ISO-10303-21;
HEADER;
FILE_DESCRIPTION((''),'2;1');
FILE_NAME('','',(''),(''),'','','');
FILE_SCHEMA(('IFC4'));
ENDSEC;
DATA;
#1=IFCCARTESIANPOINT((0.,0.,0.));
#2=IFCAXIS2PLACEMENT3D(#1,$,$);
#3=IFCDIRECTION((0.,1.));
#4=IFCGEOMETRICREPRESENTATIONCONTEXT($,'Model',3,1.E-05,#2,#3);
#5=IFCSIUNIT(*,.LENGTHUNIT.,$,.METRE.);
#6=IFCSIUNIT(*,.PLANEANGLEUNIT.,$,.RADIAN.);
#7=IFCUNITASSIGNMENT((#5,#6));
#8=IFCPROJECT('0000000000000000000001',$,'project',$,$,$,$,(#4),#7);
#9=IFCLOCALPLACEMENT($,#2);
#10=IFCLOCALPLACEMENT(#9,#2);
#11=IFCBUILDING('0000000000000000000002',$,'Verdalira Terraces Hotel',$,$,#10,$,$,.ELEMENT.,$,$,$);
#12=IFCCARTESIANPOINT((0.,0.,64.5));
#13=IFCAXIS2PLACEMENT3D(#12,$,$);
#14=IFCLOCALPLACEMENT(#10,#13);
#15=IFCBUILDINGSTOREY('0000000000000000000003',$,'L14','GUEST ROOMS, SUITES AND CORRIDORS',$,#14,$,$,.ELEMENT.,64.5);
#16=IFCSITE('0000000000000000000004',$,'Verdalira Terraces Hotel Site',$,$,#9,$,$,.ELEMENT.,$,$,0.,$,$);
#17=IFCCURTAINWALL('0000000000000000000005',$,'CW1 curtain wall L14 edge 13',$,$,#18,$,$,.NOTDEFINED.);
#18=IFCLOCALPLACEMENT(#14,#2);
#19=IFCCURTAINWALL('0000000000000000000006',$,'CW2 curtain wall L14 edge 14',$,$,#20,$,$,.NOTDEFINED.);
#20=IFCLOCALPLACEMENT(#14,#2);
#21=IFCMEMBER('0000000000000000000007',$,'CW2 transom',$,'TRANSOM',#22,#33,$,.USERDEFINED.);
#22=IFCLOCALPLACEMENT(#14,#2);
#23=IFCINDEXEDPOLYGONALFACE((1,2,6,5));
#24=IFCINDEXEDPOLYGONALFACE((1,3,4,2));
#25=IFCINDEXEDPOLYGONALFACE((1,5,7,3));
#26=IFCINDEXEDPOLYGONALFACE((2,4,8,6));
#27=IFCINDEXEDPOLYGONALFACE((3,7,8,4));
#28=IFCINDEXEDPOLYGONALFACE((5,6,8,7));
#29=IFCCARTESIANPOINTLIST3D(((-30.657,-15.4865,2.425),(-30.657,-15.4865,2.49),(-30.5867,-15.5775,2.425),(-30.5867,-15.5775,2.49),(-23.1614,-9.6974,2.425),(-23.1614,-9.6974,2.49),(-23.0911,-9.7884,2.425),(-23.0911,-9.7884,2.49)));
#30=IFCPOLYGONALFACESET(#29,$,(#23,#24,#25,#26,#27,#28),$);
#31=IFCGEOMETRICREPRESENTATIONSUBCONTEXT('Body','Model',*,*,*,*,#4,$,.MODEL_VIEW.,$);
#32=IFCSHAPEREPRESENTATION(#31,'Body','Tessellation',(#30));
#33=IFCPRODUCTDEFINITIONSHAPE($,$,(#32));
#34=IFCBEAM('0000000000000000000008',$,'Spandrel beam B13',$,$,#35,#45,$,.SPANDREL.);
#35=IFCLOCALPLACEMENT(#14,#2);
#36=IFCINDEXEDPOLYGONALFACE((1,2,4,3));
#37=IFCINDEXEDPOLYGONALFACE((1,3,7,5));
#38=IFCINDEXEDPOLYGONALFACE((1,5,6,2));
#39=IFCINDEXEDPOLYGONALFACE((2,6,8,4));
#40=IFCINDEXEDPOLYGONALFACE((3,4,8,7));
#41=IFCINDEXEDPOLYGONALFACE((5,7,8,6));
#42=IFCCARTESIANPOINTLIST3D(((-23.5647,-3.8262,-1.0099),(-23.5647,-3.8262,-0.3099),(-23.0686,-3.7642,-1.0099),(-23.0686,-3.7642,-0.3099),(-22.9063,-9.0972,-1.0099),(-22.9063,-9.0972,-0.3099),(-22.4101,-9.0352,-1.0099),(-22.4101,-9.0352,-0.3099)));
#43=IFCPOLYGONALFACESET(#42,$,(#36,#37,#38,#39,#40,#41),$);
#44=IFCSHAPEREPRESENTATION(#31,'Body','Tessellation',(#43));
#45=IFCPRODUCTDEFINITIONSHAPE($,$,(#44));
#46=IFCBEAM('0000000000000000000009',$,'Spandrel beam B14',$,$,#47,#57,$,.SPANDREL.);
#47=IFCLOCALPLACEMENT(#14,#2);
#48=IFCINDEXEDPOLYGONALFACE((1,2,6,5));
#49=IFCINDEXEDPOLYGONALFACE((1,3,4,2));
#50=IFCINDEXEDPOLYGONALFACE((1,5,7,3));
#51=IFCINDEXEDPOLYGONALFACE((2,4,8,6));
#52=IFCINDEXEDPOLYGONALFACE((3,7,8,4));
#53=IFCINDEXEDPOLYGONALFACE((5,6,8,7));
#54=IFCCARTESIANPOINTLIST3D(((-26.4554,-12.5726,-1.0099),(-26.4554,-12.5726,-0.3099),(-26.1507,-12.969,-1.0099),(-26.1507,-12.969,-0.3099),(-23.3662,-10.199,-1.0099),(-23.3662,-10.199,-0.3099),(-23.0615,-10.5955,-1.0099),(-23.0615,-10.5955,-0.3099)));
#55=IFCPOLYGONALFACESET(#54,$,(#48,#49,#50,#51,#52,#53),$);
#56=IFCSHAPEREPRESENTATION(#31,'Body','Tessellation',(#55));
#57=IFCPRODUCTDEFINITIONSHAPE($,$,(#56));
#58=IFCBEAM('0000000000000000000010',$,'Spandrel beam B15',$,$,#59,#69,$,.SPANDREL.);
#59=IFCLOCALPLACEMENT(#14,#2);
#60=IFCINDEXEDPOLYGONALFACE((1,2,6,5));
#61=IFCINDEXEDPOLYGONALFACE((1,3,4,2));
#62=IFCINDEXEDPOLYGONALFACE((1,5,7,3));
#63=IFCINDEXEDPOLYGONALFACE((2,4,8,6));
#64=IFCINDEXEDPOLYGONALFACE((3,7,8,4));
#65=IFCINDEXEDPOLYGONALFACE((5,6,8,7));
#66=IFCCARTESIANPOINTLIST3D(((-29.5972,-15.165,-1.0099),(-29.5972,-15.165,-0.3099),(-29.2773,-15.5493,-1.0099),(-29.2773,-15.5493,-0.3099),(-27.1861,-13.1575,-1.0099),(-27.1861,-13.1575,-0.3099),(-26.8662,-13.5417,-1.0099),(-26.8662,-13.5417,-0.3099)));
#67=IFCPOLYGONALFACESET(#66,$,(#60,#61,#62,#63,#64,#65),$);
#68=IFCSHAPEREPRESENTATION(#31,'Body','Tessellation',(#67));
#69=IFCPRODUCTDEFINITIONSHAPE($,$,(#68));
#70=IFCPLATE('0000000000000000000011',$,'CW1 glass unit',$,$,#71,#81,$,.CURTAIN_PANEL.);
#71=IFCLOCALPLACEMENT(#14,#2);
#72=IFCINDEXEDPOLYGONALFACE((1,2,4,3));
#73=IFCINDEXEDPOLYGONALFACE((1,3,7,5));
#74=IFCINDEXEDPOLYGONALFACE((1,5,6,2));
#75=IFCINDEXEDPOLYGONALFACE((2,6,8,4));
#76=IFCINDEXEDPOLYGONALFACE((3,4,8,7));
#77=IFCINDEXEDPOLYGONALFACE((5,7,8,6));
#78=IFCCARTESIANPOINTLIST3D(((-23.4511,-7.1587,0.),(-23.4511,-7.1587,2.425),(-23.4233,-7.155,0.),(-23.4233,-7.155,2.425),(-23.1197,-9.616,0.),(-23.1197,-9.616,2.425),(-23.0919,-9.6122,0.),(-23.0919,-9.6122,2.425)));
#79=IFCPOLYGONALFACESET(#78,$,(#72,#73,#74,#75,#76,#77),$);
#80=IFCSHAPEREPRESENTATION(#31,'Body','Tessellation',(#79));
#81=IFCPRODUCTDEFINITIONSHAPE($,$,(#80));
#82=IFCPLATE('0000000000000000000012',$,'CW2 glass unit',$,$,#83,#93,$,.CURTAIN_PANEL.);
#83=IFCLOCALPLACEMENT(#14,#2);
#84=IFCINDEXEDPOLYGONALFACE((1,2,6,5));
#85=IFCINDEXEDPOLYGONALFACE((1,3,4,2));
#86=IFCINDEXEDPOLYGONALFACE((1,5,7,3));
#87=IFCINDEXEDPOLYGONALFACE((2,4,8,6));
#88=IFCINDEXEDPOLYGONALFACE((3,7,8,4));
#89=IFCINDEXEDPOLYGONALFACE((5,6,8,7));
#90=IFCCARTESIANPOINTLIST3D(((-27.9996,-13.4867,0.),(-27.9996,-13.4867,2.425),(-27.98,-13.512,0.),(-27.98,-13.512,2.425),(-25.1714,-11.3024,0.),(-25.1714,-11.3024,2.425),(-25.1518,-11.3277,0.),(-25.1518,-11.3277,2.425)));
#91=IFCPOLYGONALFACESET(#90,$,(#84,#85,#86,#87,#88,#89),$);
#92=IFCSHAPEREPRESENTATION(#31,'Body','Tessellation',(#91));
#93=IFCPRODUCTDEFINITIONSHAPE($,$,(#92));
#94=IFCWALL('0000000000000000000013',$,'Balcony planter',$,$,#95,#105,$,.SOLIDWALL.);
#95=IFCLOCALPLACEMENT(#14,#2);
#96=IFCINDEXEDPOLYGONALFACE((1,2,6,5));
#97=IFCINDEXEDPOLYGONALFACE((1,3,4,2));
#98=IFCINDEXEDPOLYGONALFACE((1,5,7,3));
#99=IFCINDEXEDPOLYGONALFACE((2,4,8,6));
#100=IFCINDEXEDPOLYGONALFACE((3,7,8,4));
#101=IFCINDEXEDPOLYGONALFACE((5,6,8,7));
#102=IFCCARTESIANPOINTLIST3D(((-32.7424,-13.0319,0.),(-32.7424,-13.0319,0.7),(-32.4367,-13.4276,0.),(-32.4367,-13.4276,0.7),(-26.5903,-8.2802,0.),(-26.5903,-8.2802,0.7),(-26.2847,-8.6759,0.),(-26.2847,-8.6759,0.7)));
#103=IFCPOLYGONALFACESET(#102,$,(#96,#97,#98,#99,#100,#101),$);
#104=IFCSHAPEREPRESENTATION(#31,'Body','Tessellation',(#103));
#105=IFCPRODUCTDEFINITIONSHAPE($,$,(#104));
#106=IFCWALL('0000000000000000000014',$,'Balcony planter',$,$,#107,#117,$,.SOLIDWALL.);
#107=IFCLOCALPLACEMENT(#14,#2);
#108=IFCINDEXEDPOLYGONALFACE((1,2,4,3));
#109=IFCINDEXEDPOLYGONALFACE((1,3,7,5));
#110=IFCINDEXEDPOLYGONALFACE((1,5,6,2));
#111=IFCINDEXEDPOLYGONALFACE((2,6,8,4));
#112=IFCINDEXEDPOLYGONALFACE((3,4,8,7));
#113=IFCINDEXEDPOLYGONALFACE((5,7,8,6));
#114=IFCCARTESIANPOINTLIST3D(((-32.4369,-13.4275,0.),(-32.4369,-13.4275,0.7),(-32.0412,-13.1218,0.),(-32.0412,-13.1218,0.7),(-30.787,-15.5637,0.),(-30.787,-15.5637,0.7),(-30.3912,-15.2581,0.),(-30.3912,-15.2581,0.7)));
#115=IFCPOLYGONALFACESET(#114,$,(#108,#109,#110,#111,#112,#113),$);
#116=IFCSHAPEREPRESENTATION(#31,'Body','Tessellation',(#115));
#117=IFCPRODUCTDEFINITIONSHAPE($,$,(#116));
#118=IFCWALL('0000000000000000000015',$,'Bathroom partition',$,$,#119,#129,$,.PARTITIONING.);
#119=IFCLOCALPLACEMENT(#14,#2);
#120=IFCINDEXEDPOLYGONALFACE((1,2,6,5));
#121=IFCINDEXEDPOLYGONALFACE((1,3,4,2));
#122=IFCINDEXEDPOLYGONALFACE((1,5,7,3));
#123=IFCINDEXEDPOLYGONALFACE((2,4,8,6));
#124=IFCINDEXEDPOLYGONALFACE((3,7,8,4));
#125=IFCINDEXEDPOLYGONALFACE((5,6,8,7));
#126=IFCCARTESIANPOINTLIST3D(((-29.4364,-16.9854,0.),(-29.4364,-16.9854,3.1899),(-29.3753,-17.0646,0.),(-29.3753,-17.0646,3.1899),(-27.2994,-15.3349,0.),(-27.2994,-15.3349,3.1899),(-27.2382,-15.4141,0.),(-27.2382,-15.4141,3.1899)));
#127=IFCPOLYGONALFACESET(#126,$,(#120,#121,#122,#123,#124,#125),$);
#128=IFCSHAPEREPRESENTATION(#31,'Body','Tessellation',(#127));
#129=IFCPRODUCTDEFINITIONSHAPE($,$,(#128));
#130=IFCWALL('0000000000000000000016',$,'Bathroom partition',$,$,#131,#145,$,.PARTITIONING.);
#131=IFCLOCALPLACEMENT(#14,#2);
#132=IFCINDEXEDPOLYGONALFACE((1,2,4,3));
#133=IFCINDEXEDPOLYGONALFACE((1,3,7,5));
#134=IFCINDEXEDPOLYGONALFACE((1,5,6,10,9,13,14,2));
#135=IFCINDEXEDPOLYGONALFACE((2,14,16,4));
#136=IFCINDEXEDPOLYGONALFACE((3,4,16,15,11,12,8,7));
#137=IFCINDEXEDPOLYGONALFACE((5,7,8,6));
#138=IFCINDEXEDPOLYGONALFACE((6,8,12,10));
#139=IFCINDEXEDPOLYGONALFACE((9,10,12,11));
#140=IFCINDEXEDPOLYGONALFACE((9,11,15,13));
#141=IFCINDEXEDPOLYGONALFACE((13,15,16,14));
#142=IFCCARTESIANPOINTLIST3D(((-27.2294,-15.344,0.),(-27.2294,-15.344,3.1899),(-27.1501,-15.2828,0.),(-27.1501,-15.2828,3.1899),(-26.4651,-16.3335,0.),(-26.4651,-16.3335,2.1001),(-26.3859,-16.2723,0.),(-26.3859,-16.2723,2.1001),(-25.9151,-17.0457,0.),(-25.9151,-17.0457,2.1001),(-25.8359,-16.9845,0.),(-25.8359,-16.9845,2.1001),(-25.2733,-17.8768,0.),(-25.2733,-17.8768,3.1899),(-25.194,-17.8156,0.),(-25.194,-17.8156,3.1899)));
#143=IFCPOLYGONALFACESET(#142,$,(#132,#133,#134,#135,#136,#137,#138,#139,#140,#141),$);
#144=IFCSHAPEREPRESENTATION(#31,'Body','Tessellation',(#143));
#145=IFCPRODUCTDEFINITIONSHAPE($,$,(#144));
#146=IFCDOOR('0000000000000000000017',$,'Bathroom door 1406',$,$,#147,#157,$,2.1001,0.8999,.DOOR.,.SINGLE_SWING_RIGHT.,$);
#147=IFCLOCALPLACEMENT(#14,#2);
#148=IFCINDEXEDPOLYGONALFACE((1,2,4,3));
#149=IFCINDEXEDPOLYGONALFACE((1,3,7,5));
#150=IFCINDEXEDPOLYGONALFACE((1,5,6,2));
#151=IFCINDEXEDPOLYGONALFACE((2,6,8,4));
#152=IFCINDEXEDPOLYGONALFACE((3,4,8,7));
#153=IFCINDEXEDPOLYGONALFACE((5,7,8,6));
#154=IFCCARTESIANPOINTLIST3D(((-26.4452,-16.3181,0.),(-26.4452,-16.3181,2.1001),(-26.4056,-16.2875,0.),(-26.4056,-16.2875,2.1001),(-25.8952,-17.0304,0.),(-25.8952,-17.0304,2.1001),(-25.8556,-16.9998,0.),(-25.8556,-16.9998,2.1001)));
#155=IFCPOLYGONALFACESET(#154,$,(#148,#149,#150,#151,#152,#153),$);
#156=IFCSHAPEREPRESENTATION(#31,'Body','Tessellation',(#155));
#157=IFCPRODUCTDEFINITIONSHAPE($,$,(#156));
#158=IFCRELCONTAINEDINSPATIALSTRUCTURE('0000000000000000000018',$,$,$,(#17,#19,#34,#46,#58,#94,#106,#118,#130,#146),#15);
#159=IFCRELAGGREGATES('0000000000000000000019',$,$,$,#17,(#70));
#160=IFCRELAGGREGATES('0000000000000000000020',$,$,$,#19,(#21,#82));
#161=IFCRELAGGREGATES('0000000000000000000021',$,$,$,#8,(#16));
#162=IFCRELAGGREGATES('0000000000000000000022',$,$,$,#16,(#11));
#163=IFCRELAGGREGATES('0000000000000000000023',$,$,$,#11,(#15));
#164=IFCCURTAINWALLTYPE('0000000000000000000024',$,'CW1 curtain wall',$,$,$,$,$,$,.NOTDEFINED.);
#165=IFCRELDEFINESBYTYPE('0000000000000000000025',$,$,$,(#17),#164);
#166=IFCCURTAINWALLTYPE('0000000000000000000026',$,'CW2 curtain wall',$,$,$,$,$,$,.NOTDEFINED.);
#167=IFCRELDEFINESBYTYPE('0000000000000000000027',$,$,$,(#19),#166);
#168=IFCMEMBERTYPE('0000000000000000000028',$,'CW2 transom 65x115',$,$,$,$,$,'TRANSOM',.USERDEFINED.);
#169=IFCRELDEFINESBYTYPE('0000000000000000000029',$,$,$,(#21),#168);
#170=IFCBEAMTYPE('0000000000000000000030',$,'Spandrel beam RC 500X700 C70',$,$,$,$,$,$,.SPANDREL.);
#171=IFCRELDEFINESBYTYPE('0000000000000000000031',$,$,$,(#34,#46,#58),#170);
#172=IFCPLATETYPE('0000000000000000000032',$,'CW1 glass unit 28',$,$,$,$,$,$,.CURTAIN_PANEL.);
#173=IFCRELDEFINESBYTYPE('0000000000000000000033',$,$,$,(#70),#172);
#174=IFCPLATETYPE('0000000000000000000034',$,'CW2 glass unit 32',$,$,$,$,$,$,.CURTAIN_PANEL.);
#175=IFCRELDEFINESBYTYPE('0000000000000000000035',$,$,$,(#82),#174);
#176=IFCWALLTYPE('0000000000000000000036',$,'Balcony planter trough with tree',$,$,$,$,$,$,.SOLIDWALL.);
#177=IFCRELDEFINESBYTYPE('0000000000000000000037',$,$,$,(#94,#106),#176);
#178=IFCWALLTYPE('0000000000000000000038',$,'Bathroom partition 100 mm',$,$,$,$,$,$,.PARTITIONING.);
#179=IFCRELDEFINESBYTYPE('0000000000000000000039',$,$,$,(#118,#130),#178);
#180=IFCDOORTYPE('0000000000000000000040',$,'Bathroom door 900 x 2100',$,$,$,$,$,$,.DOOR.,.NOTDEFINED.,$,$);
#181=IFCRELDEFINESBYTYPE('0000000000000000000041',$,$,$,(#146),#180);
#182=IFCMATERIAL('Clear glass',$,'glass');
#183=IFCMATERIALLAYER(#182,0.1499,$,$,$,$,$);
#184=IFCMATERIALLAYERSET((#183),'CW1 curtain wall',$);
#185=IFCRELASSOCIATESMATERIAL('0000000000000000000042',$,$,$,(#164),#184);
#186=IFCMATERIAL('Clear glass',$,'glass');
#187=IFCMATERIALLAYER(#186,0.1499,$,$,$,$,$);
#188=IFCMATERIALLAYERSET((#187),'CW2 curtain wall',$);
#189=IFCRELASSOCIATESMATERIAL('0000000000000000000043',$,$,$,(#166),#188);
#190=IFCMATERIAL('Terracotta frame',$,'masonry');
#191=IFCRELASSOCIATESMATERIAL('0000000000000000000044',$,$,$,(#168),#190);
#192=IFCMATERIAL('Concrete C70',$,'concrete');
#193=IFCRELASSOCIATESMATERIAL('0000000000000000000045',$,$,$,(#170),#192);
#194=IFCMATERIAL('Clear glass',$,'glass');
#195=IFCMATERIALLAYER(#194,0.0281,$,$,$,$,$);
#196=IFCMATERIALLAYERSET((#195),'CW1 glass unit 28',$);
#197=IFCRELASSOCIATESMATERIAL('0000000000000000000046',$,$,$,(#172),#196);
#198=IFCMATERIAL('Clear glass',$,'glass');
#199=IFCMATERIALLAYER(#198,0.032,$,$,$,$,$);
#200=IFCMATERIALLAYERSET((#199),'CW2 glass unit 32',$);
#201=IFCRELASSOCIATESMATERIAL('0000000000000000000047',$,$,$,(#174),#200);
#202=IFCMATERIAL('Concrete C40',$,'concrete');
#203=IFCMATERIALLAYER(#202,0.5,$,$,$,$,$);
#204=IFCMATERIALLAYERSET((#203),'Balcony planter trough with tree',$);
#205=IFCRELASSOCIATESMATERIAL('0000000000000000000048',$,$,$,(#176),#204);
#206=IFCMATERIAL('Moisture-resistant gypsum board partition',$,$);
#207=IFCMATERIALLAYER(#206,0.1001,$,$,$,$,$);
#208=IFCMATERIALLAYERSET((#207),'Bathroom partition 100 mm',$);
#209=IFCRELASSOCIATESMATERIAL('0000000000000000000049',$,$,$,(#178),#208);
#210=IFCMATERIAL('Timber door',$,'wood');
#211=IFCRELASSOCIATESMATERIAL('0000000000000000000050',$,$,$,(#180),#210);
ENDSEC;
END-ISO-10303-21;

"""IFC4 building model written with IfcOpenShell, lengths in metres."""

from ifc_helpers import new_model, si_unit, direction, frame, frame_2d, origin, origin_2d, place, context, subcontext, project, spatial, rectangle, extrude, material, layer, layer_set, material_profile, profile_set, type_object, element, fill, aggregate, save


model = new_model("IFC4")

# Units and contexts
model_context = context("Model", 3, precision=1e-05, world=origin(), true_north=direction((0.0, 1.0)))
body_context = subcontext(model_context, "Body", "Model", "MODEL_VIEW")
ifc_project = project(units=[si_unit("LENGTHUNIT", "METRE"), si_unit("PLANEANGLEUNIT", "RADIAN")], contexts=[model_context])

# Site, building, storey
site_placement = place(None, origin())
site = spatial("IfcSite", under=ifc_project, at=site_placement, Name="Verdalira Terraces Hotel Site", CompositionType="ELEMENT", RefElevation=0.0)
building_placement = place(site_placement, origin())
building = spatial("IfcBuilding", under=site, at=building_placement, Name="Verdalira Terraces Hotel", CompositionType="ELEMENT")
storey_placement = place(building_placement, frame((0.0, 0.0, 64.5)))
storey = spatial("IfcBuildingStorey", under=building, at=storey_placement, Name="L14", Description="GUEST ROOMS, SUITES AND CORRIDORS", CompositionType="ELEMENT", Elevation=64.5)

# Curtain wall
ifc_material_1 = material(Name="Clear glass", Category="glass")
ifc_layer_1 = layer(ifc_material_1, 0.1499)
ifc_layer_set_1 = layer_set([ifc_layer_1], Name="CW1 curtain wall")
curtain_wall_type_1 = type_object("IfcCurtainWallType", Name="CW1 curtain wall", PredefinedType="NOTDEFINED", material=ifc_layer_set_1)
curtain_wall_1_placement = place(storey_placement, origin())
curtain_wall_1 = element("IfcCurtainWall", 1, at=curtain_wall_1_placement, inside=storey, type_object=curtain_wall_type_1, Name="CW1 curtain wall L14 edge 13", PredefinedType="NOTDEFINED")

# Curtain wall, member
ifc_material_2 = material(Name="Clear glass", Category="glass")
ifc_layer_2 = layer(ifc_material_2, 0.1499)
ifc_layer_set_2 = layer_set([ifc_layer_2], Name="CW2 curtain wall")
curtain_wall_type_2 = type_object("IfcCurtainWallType", Name="CW2 curtain wall", PredefinedType="NOTDEFINED", material=ifc_layer_set_2)
curtain_wall_2_placement = place(storey_placement, origin())
curtain_wall_2 = element("IfcCurtainWall", 2, at=curtain_wall_2_placement, inside=storey, type_object=curtain_wall_type_2, Name="CW2 curtain wall L14 edge 14", PredefinedType="NOTDEFINED")
ifc_material_3 = material(Name="Terracotta frame", Category="masonry")
ifc_material_profile_1 = material_profile(ifc_material_3, rectangle(XDim=0.115, YDim=0.0649, at=origin_2d()), Name="TR 65x115")
ifc_profile_set_1 = profile_set([ifc_material_profile_1], Name="Terracotta frame")
member_type_1 = type_object("IfcMemberType", Name="CW2 transom 65x115", ElementType="TRANSOM", PredefinedType="USERDEFINED", material=ifc_profile_set_1)
member_1_placement = place(storey_placement, frame((-23.1262, -9.7429, 2.4575), z_axis=(-0.791438, -0.611249, 0.0), x_axis=(0.611249, -0.791438, 0.0)))
member_1 = element("IfcMember", 3, at=member_1_placement, type_object=member_type_1, Name="CW2 transom", ObjectType="TRANSOM", PredefinedType="USERDEFINED", context=body_context, shape_type="SweptSolid", body=[
    extrude(rectangle(XDim=0.115, YDim=0.0649, at=origin_2d()), origin(), (0.0, 0.0, 1.0), 9.4709),
])

# Beams
ifc_material_4 = material(Name="Concrete C70", Category="concrete")
ifc_material_profile_2 = material_profile(ifc_material_4, rectangle(XDim=0.5, YDim=0.7, at=origin_2d()), Name="RC 500X700")
ifc_profile_set_2 = profile_set([ifc_material_profile_2], Name="Concrete C70")
beam_type_1 = type_object("IfcBeamType", Name="Spandrel beam RC 500X700 C70", PredefinedType="SPANDREL", material=ifc_profile_set_2)
beam_1_placement = place(storey_placement, frame((-23.3166, -3.7952, -0.6599), z_axis=(0.123956, -0.992288, 0.0), x_axis=(0.992288, 0.123956, 0.0)))
element("IfcBeam", 4, at=beam_1_placement, inside=storey, type_object=beam_type_1, Name="Spandrel beam B13", PredefinedType="SPANDREL", context=body_context, shape_type="SweptSolid", body=[
    extrude(rectangle(XDim=0.5, YDim=0.7, at=origin_2d()), origin(), (0.0, 0.0, 1.0), 5.312),
])
beam_2_placement = place(storey_placement, frame((-23.2139, -10.3972, -0.6599), z_axis=(-0.792959, -0.609275, 0.0), x_axis=(0.609275, -0.792959, 0.0)))
element("IfcBeam", 5, at=beam_2_placement, inside=storey, type_object=beam_type_1, Name="Spandrel beam B14", PredefinedType="SPANDREL", context=body_context, shape_type="SweptSolid", body=[
    extrude(rectangle(XDim=0.5, YDim=0.7, at=origin_2d()), origin(), (0.0, 0.0, 1.0), 3.8958),
])
beam_3_placement = place(storey_placement, frame((-27.0261, -13.3496, -0.6599), z_axis=(-0.768489, -0.639863, 0.0), x_axis=(0.639863, -0.768489, 0.0)))
element("IfcBeam", 6, at=beam_3_placement, inside=storey, type_object=beam_type_1, Name="Spandrel beam B15", PredefinedType="SPANDREL", context=body_context, shape_type="SweptSolid", body=[
    extrude(rectangle(XDim=0.5, YDim=0.7, at=origin_2d()), origin(), (0.0, 0.0, 1.0), 3.1375),
])

# Plates
ifc_material_5 = material(Name="Clear glass", Category="glass")
ifc_layer_3 = layer(ifc_material_5, 0.0281)
ifc_layer_set_3 = layer_set([ifc_layer_3], Name="CW1 glass unit 28")
plate_type_1 = type_object("IfcPlateType", Name="CW1 glass unit 28", PredefinedType="CURTAIN_PANEL", material=ifc_layer_set_3)
plate_1_placement = place(storey_placement, frame((-23.2715, -8.3855, 0.0), z_axis=(0.0, 0.0, 1.0), x_axis=(0.13364, -0.99103, 0.0)))
plate_1 = element("IfcPlate", 7, at=plate_1_placement, type_object=plate_type_1, Name="CW1 glass unit", PredefinedType="CURTAIN_PANEL", context=body_context, shape_type="SweptSolid", body=[
    extrude(rectangle(XDim=2.4795, YDim=0.0281, at=origin_2d()), origin(), (0.0, 0.0, 1.0), 2.425),
])
aggregate(curtain_wall_1, [plate_1])
ifc_material_6 = material(Name="Clear glass", Category="glass")
ifc_layer_4 = layer(ifc_material_6, 0.032)
ifc_layer_set_4 = layer_set([ifc_layer_4], Name="CW2 glass unit 32")
plate_type_2 = type_object("IfcPlateType", Name="CW2 glass unit 32", PredefinedType="CURTAIN_PANEL", material=ifc_layer_set_4)
plate_2_placement = place(storey_placement, frame((-26.5757, -12.4072, 0.0), z_axis=(0.0, 0.0, 1.0), x_axis=(-0.791437, -0.611251, 0.0)))
plate_2 = element("IfcPlate", 8, at=plate_2_placement, type_object=plate_type_2, Name="CW2 glass unit", PredefinedType="CURTAIN_PANEL", context=body_context, shape_type="SweptSolid", body=[
    extrude(rectangle(XDim=3.5735, YDim=0.032, at=origin_2d()), origin(), (0.0, 0.0, 1.0), 2.425),
])
aggregate(curtain_wall_2, [member_1, plate_2])

# Walls
ifc_material_7 = material(Name="Concrete C40", Category="concrete")
ifc_layer_5 = layer(ifc_material_7, 0.5)
ifc_layer_set_5 = layer_set([ifc_layer_5], Name="Balcony planter trough with tree")
wall_type_1 = type_object("IfcWallType", Name="Balcony planter trough with tree", PredefinedType="SOLIDWALL", material=ifc_layer_set_5)
wall_1_placement = place(storey_placement, frame((-26.4375, -8.478, 0.0), z_axis=(0.0, 0.0, 1.0), x_axis=(-0.791421, -0.611271, 0.0)))
element("IfcWall", 9, at=wall_1_placement, inside=storey, type_object=wall_type_1, Name="Balcony planter", PredefinedType="SOLIDWALL", context=body_context, shape_type="SweptSolid", body=[
    extrude(rectangle(XDim=7.7734, YDim=0.5, at=frame_2d((3.8867, 0.0))), origin(), (0.0, 0.0, 1.0), 0.7),
])
wall_2_placement = place(storey_placement, frame((-32.239, -13.2747, 0.0), z_axis=(0.0, 0.0, 1.0), x_axis=(0.611257, -0.791432, 0.0)))
element("IfcWall", 10, at=wall_2_placement, inside=storey, type_object=wall_type_1, Name="Balcony planter", PredefinedType="SOLIDWALL", context=body_context, shape_type="SweptSolid", body=[
    extrude(rectangle(XDim=2.6992, YDim=0.5, at=frame_2d((1.3496, 0.0))), origin(), (0.0, 0.0, 1.0), 0.7),
])
ifc_material_8 = material(Name="Moisture-resistant gypsum board partition")
ifc_layer_6 = layer(ifc_material_8, 0.1001)
ifc_layer_set_6 = layer_set([ifc_layer_6], Name="Bathroom partition 100 mm")
wall_type_2 = type_object("IfcWallType", Name="Bathroom partition 100 mm", PredefinedType="PARTITIONING", material=ifc_layer_set_6)
wall_3_placement = place(storey_placement, frame((-27.2688, -15.3745, 0.0), z_axis=(0.0, 0.0, 1.0), x_axis=(-0.791446, -0.611239, 0.0)))
element("IfcWall", 11, at=wall_3_placement, inside=storey, type_object=wall_type_2, Name="Bathroom partition", PredefinedType="PARTITIONING", context=body_context, shape_type="SweptSolid", body=[
    extrude(rectangle(XDim=2.7002, YDim=0.1001, at=frame_2d((1.3501, 0.0))), origin(), (0.0, 0.0, 1.0), 3.1899),
])

# Wall, opening, door
wall_4_placement = place(storey_placement, frame((-25.2336, -17.8462, 0.0), z_axis=(0.0, 0.0, 1.0), x_axis=(-0.611243, 0.791443, 0.0)))
wall_4 = element("IfcWall", 12, at=wall_4_placement, inside=storey, type_object=wall_type_2, Name="Bathroom partition", PredefinedType="PARTITIONING", context=body_context, shape_type="SweptSolid", body=[
    extrude(rectangle(XDim=3.2002, YDim=0.1001, at=frame_2d((1.6001, 0.0))), origin(), (0.0, 0.0, 1.0), 3.1899),
])
opening_1_placement = place(wall_4_placement, frame((1.05, 0.0, 0.0)))
opening_1 = element("IfcOpeningElement", 13, at=opening_1_placement, cuts=wall_4, PredefinedType="OPENING", context=body_context, shape_type="SweptSolid", body=[
    extrude(rectangle(XDim=0.8999, YDim=2.1001, at=frame_2d((0.45, 1.05))), frame((0.0, 0.0601, 0.0), z_axis=(0.0, -1.0, 0.0), x_axis=(1.0, 0.0, 0.0)), (0.0, 0.0, 1.0), 0.1201),
])
ifc_material_9 = material(Name="Timber door", Category="wood")
door_type_1 = type_object("IfcDoorType", Name="Bathroom door 900 x 2100", OperationType="NOTDEFINED", PredefinedType="DOOR", material=ifc_material_9)
door_1_placement = place(opening_1_placement, origin())
door_1 = element("IfcDoor", 14, at=door_1_placement, inside=storey, type_object=door_type_1, Name="Bathroom door 1406", OperationType="SINGLE_SWING_RIGHT", OverallHeight=2.1001, OverallWidth=0.8999, PredefinedType="DOOR", context=body_context, shape_type="SweptSolid", body=[
    extrude(rectangle(XDim=0.8999, YDim=2.1001, at=frame_2d((0.45, 1.05))), frame((0.0, 0.0249, 0.0), z_axis=(0.0, -1.0, 0.0), x_axis=(1.0, 0.0, 0.0)), (0.0, 0.0, 1.0), 0.05),
])
fill(opening_1, door_1)

save(model, "model.ifc")
